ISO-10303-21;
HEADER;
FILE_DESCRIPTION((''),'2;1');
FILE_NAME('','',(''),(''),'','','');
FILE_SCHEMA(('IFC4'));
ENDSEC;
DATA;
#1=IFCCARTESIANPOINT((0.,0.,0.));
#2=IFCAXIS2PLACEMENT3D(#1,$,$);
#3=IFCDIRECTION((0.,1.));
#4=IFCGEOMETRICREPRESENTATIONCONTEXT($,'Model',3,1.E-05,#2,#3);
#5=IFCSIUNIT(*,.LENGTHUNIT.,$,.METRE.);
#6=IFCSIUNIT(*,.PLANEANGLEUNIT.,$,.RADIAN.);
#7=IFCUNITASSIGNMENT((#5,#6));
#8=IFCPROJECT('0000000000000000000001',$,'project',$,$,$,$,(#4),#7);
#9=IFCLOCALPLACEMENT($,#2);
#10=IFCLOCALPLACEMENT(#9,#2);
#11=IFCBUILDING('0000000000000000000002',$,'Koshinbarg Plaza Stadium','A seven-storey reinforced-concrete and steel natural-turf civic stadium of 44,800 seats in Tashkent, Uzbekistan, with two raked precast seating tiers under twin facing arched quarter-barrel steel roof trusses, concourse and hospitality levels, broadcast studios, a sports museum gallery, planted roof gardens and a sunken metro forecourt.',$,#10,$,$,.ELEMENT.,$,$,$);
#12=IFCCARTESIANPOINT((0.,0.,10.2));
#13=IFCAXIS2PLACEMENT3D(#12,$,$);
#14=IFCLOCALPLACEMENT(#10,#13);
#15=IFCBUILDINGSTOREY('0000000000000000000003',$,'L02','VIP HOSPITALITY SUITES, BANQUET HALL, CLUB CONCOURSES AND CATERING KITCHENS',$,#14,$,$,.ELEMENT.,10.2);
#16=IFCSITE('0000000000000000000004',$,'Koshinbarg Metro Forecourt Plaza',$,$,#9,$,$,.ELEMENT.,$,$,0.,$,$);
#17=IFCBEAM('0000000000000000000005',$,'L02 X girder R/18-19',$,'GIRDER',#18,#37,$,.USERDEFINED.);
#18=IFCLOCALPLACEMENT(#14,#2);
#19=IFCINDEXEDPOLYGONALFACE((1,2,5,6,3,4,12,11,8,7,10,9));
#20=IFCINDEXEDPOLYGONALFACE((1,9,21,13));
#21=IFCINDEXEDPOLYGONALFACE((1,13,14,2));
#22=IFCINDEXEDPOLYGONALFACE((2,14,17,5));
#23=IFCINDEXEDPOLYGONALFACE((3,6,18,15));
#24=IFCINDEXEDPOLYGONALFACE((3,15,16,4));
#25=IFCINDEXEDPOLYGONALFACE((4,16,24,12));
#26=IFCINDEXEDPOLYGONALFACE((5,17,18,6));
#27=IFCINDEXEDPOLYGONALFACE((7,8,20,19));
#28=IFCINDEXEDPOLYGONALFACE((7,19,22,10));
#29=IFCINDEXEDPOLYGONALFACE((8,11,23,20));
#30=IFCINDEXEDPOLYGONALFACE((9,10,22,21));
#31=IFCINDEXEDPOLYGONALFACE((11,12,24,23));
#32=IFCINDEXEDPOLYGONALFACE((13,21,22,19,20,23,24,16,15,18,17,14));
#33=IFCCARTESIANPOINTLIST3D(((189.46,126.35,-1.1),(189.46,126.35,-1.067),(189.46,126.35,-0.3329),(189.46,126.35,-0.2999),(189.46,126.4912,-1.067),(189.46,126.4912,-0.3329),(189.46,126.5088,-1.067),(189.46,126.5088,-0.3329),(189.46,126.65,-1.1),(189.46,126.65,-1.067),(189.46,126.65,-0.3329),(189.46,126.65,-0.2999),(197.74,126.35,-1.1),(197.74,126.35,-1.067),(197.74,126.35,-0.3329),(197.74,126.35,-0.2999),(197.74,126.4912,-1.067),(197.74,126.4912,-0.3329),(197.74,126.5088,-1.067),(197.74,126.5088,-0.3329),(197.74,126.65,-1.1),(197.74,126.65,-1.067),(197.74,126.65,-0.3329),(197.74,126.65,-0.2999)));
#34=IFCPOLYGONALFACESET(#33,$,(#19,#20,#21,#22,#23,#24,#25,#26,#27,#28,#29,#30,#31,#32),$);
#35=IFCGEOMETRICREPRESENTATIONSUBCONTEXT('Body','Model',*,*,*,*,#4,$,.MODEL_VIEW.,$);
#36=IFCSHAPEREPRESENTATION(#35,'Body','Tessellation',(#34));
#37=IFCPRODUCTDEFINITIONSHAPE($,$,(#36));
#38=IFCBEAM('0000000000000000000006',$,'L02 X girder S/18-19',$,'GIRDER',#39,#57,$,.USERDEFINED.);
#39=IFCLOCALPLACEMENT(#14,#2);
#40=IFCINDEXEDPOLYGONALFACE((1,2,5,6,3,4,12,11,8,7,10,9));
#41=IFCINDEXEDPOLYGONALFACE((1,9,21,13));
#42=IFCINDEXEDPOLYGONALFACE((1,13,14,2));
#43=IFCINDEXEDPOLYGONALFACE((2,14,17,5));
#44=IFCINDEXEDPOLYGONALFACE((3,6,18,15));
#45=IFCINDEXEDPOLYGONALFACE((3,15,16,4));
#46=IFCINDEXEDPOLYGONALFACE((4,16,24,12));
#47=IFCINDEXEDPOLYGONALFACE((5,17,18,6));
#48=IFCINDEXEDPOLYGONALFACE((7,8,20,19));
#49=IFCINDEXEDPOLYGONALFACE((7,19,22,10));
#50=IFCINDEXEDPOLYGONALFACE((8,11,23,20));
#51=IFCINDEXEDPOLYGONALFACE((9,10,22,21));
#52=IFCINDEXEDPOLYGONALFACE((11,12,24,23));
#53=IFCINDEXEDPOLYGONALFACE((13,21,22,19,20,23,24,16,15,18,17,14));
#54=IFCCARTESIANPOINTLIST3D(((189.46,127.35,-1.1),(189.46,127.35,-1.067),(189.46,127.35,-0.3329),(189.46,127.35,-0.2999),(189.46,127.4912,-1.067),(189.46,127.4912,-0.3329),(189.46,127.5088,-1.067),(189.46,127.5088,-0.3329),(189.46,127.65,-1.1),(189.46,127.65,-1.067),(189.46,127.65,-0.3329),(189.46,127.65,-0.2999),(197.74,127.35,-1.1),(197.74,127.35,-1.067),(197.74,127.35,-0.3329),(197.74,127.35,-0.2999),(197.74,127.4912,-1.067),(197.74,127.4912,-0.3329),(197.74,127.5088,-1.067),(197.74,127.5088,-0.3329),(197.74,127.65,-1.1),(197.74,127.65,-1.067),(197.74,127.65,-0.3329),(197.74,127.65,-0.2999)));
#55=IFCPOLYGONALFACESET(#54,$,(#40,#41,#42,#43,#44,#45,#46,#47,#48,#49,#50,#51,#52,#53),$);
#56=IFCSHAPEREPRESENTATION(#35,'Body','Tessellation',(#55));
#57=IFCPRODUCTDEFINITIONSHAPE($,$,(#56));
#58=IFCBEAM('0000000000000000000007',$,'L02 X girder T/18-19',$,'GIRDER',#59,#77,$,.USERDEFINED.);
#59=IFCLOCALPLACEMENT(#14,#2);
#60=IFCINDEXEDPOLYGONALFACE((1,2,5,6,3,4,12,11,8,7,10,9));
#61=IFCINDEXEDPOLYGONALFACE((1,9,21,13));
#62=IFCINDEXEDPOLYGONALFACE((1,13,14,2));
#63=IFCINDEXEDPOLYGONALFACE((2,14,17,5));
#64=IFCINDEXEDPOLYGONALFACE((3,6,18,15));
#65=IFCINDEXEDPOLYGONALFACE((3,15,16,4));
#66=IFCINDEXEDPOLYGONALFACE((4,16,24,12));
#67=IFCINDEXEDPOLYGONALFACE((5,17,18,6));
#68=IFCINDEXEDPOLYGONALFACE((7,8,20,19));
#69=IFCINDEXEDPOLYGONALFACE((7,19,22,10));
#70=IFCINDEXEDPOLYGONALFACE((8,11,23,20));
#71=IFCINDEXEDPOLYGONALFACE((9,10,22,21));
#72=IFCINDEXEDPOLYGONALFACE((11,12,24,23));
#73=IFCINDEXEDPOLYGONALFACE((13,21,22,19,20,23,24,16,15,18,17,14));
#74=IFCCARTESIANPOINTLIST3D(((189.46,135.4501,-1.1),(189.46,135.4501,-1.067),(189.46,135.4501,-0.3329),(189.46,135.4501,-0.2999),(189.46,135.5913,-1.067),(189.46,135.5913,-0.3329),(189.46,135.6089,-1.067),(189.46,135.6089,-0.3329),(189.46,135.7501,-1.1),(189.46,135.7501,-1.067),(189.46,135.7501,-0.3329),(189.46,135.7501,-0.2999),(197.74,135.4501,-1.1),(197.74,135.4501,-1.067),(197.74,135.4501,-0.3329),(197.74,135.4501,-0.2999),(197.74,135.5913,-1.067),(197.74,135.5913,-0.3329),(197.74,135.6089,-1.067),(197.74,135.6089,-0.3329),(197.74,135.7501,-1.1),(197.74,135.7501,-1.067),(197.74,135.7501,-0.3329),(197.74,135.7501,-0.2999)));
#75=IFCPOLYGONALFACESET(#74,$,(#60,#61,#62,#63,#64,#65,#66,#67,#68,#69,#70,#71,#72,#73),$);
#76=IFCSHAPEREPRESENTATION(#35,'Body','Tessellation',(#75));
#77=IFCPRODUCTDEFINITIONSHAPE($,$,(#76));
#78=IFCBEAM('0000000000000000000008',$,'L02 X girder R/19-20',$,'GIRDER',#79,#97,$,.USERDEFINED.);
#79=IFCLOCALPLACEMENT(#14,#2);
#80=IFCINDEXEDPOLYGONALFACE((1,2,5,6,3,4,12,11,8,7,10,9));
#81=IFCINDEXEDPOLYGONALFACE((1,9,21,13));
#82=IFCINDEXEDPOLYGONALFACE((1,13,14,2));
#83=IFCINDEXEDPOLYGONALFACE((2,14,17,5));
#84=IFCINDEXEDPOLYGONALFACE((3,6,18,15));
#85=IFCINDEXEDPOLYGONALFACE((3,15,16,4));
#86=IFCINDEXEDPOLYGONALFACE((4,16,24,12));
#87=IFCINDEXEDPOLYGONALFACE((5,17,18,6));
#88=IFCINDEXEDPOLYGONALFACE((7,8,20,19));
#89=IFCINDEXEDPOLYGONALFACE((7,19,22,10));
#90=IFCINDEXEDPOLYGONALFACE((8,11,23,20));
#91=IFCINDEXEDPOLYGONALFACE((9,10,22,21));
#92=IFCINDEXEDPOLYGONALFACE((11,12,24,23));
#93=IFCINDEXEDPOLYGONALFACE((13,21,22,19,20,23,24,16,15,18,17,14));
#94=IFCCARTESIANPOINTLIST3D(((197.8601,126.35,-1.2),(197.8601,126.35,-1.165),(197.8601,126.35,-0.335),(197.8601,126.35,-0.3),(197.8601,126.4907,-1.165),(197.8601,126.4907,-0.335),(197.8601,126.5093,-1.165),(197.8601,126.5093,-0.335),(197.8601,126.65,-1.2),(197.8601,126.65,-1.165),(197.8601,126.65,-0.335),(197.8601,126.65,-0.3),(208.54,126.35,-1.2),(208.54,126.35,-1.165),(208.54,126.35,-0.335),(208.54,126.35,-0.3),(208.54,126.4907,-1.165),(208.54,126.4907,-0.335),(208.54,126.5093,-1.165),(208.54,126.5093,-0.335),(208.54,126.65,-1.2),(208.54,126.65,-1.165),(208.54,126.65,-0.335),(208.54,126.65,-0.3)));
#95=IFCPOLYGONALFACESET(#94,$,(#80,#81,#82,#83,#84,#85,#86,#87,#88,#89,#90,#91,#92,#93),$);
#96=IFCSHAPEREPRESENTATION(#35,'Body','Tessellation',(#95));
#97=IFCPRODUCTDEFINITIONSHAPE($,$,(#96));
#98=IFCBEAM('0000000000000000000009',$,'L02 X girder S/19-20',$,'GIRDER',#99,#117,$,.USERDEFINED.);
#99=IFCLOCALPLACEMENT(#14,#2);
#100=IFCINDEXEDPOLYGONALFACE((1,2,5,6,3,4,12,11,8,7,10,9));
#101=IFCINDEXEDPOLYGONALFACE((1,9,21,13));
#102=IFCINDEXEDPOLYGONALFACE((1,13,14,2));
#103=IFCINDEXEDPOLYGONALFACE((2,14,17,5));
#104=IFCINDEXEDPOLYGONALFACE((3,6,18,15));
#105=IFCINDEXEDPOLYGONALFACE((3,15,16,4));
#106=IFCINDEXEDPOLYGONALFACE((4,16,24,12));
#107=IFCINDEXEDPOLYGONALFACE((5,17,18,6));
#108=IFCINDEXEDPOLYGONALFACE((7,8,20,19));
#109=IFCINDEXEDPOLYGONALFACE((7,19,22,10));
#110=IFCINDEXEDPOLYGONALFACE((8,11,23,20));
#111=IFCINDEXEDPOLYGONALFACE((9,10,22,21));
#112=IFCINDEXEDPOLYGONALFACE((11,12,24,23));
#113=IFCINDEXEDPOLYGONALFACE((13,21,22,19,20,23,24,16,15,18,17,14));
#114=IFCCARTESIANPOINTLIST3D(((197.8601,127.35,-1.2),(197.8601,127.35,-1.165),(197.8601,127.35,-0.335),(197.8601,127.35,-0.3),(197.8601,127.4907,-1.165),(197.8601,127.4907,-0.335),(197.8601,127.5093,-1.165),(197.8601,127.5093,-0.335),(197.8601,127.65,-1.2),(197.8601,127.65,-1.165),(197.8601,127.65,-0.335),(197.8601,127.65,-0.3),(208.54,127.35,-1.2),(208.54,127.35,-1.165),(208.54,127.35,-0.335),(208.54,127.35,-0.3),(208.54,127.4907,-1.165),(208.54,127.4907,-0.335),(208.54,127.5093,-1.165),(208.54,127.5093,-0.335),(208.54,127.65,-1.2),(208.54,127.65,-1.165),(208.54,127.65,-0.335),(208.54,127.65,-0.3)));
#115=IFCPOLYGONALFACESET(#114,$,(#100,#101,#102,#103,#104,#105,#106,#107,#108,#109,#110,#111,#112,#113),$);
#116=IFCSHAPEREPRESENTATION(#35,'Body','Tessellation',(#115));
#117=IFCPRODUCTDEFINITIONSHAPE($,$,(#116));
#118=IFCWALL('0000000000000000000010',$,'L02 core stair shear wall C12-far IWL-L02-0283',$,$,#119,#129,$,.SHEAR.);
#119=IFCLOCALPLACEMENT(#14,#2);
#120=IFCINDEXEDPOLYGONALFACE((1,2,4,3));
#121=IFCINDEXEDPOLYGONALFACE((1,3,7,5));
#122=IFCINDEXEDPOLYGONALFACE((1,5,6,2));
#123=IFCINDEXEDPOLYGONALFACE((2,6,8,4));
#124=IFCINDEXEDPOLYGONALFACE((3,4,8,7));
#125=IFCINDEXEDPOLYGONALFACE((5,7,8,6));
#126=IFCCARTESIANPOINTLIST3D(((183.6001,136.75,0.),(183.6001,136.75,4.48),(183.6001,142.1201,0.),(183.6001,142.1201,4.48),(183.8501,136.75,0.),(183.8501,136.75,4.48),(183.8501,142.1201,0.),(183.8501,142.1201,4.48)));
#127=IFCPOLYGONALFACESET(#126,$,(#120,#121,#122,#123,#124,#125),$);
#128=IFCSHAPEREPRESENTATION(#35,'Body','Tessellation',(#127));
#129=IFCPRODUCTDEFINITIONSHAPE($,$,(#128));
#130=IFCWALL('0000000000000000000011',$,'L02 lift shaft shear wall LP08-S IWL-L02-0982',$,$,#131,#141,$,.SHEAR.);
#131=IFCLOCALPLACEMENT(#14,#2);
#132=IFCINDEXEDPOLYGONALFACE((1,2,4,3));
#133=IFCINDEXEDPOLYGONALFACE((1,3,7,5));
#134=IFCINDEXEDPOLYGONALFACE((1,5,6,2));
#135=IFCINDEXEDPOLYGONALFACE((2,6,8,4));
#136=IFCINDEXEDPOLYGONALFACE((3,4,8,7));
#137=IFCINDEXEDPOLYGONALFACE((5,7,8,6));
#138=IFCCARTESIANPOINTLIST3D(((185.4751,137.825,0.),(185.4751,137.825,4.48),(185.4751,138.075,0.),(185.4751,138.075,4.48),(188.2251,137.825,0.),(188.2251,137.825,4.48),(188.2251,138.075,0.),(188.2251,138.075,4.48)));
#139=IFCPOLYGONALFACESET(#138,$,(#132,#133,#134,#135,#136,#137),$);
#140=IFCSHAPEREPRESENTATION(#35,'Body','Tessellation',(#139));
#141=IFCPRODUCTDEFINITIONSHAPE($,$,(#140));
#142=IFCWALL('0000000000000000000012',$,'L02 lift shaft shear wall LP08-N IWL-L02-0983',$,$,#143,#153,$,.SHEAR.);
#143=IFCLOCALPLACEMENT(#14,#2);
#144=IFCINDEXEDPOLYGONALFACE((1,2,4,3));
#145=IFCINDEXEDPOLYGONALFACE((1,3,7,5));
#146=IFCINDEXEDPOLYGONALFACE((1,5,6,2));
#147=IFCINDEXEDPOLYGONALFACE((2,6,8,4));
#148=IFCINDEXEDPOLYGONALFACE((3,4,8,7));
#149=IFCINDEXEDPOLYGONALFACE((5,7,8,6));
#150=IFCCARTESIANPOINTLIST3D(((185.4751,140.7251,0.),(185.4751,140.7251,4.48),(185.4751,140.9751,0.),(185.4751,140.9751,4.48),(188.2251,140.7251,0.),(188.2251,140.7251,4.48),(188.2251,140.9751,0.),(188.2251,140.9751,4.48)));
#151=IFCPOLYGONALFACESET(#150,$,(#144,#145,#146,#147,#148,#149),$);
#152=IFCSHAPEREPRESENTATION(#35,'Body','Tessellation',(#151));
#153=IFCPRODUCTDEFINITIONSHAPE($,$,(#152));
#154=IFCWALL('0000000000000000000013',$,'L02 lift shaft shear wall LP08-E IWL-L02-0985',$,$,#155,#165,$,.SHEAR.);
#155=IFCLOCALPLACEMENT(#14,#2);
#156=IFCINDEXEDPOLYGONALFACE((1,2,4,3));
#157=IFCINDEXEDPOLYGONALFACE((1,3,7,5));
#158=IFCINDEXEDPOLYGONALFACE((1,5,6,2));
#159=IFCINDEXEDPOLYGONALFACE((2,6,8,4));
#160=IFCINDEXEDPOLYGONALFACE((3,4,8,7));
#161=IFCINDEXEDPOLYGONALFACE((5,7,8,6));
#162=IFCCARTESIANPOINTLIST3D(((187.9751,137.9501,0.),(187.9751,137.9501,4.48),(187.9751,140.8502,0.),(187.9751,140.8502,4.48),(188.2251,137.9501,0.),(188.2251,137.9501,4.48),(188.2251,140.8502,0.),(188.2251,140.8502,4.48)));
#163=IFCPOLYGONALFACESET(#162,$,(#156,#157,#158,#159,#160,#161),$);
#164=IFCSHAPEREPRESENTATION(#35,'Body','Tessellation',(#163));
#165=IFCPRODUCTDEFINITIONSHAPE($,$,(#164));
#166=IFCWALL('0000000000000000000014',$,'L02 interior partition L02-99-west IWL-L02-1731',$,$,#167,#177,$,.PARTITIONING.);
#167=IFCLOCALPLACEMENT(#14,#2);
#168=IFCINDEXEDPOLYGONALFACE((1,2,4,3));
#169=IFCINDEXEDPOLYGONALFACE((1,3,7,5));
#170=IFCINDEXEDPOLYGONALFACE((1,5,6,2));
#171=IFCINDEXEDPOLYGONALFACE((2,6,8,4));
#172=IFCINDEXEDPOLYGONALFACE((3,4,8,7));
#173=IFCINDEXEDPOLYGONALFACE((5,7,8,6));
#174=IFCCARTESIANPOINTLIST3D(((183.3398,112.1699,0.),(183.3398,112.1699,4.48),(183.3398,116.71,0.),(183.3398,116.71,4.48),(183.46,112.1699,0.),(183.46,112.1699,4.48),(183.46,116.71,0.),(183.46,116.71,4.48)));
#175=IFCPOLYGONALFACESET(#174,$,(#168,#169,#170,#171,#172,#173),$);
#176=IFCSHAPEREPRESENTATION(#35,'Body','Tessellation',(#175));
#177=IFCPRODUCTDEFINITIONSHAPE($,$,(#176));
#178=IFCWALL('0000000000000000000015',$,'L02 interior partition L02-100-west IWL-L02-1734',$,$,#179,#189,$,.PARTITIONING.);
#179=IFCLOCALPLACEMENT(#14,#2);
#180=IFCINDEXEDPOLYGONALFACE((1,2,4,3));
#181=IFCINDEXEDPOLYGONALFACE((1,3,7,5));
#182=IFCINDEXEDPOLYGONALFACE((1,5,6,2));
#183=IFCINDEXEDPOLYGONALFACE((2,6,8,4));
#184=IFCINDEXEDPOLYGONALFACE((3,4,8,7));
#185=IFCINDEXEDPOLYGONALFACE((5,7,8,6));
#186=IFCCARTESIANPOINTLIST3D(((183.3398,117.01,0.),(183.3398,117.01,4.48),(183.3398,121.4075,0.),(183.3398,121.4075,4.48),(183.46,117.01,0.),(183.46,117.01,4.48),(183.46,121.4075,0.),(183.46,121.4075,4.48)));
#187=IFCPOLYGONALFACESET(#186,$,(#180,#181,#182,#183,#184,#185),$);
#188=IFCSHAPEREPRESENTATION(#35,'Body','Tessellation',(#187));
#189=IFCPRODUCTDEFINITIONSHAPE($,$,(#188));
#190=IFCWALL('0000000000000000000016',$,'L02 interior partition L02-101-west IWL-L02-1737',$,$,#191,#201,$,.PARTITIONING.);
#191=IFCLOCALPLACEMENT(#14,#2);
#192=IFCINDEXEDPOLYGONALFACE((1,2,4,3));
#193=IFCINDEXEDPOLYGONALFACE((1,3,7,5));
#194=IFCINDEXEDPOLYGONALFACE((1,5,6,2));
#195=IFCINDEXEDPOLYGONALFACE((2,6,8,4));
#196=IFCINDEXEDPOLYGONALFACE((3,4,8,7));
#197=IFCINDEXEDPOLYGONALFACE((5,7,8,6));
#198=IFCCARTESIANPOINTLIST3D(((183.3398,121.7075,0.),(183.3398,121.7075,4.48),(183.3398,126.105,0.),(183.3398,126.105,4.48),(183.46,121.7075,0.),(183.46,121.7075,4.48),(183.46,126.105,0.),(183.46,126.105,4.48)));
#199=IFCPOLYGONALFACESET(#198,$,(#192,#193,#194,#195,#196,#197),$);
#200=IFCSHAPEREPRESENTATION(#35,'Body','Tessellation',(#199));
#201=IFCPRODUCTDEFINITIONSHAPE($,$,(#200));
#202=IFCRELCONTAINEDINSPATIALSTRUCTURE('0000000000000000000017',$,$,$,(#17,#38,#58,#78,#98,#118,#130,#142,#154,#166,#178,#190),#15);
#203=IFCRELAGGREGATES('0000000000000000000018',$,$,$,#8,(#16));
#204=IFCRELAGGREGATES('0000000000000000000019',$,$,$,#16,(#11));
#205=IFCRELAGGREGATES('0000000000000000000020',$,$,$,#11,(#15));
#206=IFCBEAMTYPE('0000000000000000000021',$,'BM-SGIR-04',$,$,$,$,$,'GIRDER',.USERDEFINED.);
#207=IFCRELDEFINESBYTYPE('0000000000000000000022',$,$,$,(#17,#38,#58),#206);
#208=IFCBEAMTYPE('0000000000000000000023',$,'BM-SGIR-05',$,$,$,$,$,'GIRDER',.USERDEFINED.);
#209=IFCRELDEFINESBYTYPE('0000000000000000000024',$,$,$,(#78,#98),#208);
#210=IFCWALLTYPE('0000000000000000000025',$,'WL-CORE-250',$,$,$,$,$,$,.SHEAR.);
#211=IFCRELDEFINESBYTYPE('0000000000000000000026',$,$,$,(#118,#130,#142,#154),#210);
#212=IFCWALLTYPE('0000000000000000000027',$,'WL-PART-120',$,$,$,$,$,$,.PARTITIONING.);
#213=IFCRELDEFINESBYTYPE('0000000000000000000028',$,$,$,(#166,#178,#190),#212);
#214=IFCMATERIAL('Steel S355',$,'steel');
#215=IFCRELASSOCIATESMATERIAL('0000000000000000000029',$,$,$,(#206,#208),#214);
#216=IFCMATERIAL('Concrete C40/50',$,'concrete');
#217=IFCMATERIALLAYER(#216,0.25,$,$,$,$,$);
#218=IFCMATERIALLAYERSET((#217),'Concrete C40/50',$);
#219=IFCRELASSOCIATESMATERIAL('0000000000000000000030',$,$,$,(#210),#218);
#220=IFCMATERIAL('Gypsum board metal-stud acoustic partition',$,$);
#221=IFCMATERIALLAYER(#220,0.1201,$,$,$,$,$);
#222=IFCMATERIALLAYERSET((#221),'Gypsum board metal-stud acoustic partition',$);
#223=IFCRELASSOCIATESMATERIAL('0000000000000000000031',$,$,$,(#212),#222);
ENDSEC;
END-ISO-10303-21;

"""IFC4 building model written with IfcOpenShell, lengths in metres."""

from ifc_helpers import new_model, si_unit, direction, frame, frame_2d, origin, origin_2d, place, context, subcontext, project, spatial, rectangle, i_section, extrude, material, layer, layer_set, material_profile, profile_set, type_object, element, save


model = new_model("IFC4")

# Units and contexts
model_context = context("Model", 3, precision=1e-05, world=origin(), true_north=direction((0.0, 1.0)))
body_context = subcontext(model_context, "Body", "Model", "MODEL_VIEW")
ifc_project = project(units=[si_unit("LENGTHUNIT", "METRE"), si_unit("PLANEANGLEUNIT", "RADIAN")], contexts=[model_context])

# Site, building, storey
site_placement = place(None, origin())
site = spatial("IfcSite", under=ifc_project, at=site_placement, Name="Koshinbarg Metro Forecourt Plaza", CompositionType="ELEMENT", RefElevation=0.0)
building_placement = place(site_placement, origin())
building = spatial("IfcBuilding", under=site, at=building_placement, Name="Koshinbarg Plaza Stadium", Description="A seven-storey reinforced-concrete and steel natural-turf civic stadium of 44,800 seats in Tashkent, Uzbekistan, with two raked precast seating tiers under twin facing arched quarter-barrel steel roof trusses, concourse and hospitality levels, broadcast studios, a sports museum gallery, planted roof gardens and a sunken metro forecourt.", CompositionType="ELEMENT")
storey_placement = place(building_placement, frame((0.0, 0.0, 10.2)))
storey = spatial("IfcBuildingStorey", under=building, at=storey_placement, Name="L02", Description="VIP HOSPITALITY SUITES, BANQUET HALL, CLUB CONCOURSES AND CATERING KITCHENS", CompositionType="ELEMENT", Elevation=10.2)

# Shared definitions
ifc_material_1 = material(Name="Concrete C40/50", Category="concrete")

# Beams
ifc_material_2 = material(Name="Steel S355", Category="steel")
ifc_material_profile_1 = material_profile(ifc_material_2, i_section(OverallWidth=0.3, OverallDepth=0.8, WebThickness=0.0176, FlangeThickness=0.033, at=origin_2d()), Name="HEB 800")
ifc_profile_set_1 = profile_set([ifc_material_profile_1], Name="Steel S355")
beam_type_1 = type_object("IfcBeamType", Name="BM-SGIR-04", ElementType="GIRDER", PredefinedType="USERDEFINED", material=ifc_profile_set_1)
for number, where, z_axis, x_axis, name in (
    (1, (189.46, 126.5, -0.7), (1.0, 0.0, 0.0), (0.0, 1.0, 0.0), "L02 X girder R/18-19"),
    (2, (189.46, 127.5, -0.7), (1.0, 0.0, 0.0), (0.0, 1.0, 0.0), "L02 X girder S/18-19"),
    (3, (189.46, 135.6001, -0.7), (1.0, 0.0, 0.0), (0.0, 1.0, 0.0), "L02 X girder T/18-19"),
):
    element("IfcBeam", number, at=place(storey_placement, frame(where, z_axis=z_axis, x_axis=x_axis)), inside=storey, type_object=beam_type_1, Name=name, ObjectType="GIRDER", PredefinedType="USERDEFINED", context=body_context, shape_type="SweptSolid", body=[
        extrude(i_section(OverallWidth=0.3, OverallDepth=0.8, WebThickness=0.0176, FlangeThickness=0.033, at=origin_2d()), origin(), (0.0, 0.0, 1.0), 8.28),
    ])
ifc_material_profile_2 = material_profile(ifc_material_2, i_section(OverallWidth=0.3, OverallDepth=0.8999, WebThickness=0.0186, FlangeThickness=0.0349, at=origin_2d()), Name="HEB 900")
ifc_profile_set_2 = profile_set([ifc_material_profile_2], Name="Steel S355")
beam_type_2 = type_object("IfcBeamType", Name="BM-SGIR-05", ElementType="GIRDER", PredefinedType="USERDEFINED", material=ifc_profile_set_2)
for number, where, z_axis, x_axis, name in (
    (4, (197.8601, 126.5, -0.75), (1.0, 0.0, 0.0), (0.0, 1.0, 0.0), "L02 X girder R/19-20"),
    (5, (197.8601, 127.5, -0.75), (1.0, 0.0, 0.0), (0.0, 1.0, 0.0), "L02 X girder S/19-20"),
):
    element("IfcBeam", number, at=place(storey_placement, frame(where, z_axis=z_axis, x_axis=x_axis)), inside=storey, type_object=beam_type_2, Name=name, ObjectType="GIRDER", PredefinedType="USERDEFINED", context=body_context, shape_type="SweptSolid", body=[
        extrude(i_section(OverallWidth=0.3, OverallDepth=0.8999, WebThickness=0.0186, FlangeThickness=0.0349, at=origin_2d()), origin(), (0.0, 0.0, 1.0), 10.6799),
    ])

# Walls
ifc_layer_1 = layer(ifc_material_1, 0.25)
ifc_layer_set_1 = layer_set([ifc_layer_1], Name="Concrete C40/50")
wall_type_1 = type_object("IfcWallType", Name="WL-CORE-250", PredefinedType="SHEAR", material=ifc_layer_set_1)
wall_1_placement = place(storey_placement, frame((183.7251, 136.75, 0.0), z_axis=(0.0, 0.0, 1.0), x_axis=(0.0, 1.0, 0.0)))
element("IfcWall", 6, at=wall_1_placement, inside=storey, type_object=wall_type_1, Name="L02 core stair shear wall C12-far IWL-L02-0283", PredefinedType="SHEAR", context=body_context, shape_type="SweptSolid", body=[
    extrude(rectangle(XDim=5.3701, YDim=0.25, at=frame_2d((2.6851, 0.0))), origin(), (0.0, 0.0, 1.0), 4.48),
])
for number, where, z_axis, x_axis, name in (
    (7, (185.4751, 137.95, 0.0), (0.0, 0.0, 1.0), (1.0, 0.0, 0.0), "L02 lift shaft shear wall LP08-S IWL-L02-0982"),
    (8, (188.2251, 140.8501, 0.0), (0.0, 0.0, 1.0), (-1.0, 0.0, 0.0), "L02 lift shaft shear wall LP08-N IWL-L02-0983"),
):
    element("IfcWall", number, at=place(storey_placement, frame(where, z_axis=z_axis, x_axis=x_axis)), inside=storey, type_object=wall_type_1, Name=name, PredefinedType="SHEAR", context=body_context, shape_type="SweptSolid", body=[
        extrude(rectangle(XDim=2.75, YDim=0.25, at=frame_2d((1.375, 0.0))), origin(), (0.0, 0.0, 1.0), 4.48),
    ])

# Walls
wall_2_placement = place(storey_placement, frame((188.1001, 137.95, 0.0), z_axis=(0.0, 0.0, 1.0), x_axis=(0.0, 1.0, 0.0)))
element("IfcWall", 9, at=wall_2_placement, inside=storey, type_object=wall_type_1, Name="L02 lift shaft shear wall LP08-E IWL-L02-0985", PredefinedType="SHEAR", context=body_context, shape_type="SweptSolid", body=[
    extrude(rectangle(XDim=2.9001, YDim=0.25, at=frame_2d((1.4502, 0.0))), origin(), (0.0, 0.0, 1.0), 4.48),
])
ifc_material_3 = material(Name="Gypsum board metal-stud acoustic partition")
ifc_layer_2 = layer(ifc_material_3, 0.1201)
ifc_layer_set_2 = layer_set([ifc_layer_2], Name="Gypsum board metal-stud acoustic partition")
wall_type_2 = type_object("IfcWallType", Name="WL-PART-120", PredefinedType="PARTITIONING", material=ifc_layer_set_2)
wall_3_placement = place(storey_placement, frame((183.3999, 116.71, 0.0), z_axis=(0.0, 0.0, 1.0), x_axis=(0.0, -1.0, 0.0)))
element("IfcWall", 10, at=wall_3_placement, inside=storey, type_object=wall_type_2, Name="L02 interior partition L02-99-west IWL-L02-1731", PredefinedType="PARTITIONING", context=body_context, shape_type="SweptSolid", body=[
    extrude(rectangle(XDim=4.54, YDim=0.1201, at=frame_2d((2.27, 0.0))), origin(), (0.0, 0.0, 1.0), 4.48),
])
for number, where, z_axis, x_axis, name in (
    (11, (183.3999, 121.4075, 0.0), (0.0, 0.0, 1.0), (0.0, -1.0, 0.0), "L02 interior partition L02-100-west IWL-L02-1734"),
    (12, (183.3999, 126.105, 0.0), (0.0, 0.0, 1.0), (0.0, -1.0, 0.0), "L02 interior partition L02-101-west IWL-L02-1737"),
):
    element("IfcWall", number, at=place(storey_placement, frame(where, z_axis=z_axis, x_axis=x_axis)), inside=storey, type_object=wall_type_2, Name=name, PredefinedType="PARTITIONING", context=body_context, shape_type="SweptSolid", body=[
        extrude(rectangle(XDim=4.3975, YDim=0.1201, at=frame_2d((2.1987, 0.0))), origin(), (0.0, 0.0, 1.0), 4.48),
    ])

save(model, "model.ifc")
